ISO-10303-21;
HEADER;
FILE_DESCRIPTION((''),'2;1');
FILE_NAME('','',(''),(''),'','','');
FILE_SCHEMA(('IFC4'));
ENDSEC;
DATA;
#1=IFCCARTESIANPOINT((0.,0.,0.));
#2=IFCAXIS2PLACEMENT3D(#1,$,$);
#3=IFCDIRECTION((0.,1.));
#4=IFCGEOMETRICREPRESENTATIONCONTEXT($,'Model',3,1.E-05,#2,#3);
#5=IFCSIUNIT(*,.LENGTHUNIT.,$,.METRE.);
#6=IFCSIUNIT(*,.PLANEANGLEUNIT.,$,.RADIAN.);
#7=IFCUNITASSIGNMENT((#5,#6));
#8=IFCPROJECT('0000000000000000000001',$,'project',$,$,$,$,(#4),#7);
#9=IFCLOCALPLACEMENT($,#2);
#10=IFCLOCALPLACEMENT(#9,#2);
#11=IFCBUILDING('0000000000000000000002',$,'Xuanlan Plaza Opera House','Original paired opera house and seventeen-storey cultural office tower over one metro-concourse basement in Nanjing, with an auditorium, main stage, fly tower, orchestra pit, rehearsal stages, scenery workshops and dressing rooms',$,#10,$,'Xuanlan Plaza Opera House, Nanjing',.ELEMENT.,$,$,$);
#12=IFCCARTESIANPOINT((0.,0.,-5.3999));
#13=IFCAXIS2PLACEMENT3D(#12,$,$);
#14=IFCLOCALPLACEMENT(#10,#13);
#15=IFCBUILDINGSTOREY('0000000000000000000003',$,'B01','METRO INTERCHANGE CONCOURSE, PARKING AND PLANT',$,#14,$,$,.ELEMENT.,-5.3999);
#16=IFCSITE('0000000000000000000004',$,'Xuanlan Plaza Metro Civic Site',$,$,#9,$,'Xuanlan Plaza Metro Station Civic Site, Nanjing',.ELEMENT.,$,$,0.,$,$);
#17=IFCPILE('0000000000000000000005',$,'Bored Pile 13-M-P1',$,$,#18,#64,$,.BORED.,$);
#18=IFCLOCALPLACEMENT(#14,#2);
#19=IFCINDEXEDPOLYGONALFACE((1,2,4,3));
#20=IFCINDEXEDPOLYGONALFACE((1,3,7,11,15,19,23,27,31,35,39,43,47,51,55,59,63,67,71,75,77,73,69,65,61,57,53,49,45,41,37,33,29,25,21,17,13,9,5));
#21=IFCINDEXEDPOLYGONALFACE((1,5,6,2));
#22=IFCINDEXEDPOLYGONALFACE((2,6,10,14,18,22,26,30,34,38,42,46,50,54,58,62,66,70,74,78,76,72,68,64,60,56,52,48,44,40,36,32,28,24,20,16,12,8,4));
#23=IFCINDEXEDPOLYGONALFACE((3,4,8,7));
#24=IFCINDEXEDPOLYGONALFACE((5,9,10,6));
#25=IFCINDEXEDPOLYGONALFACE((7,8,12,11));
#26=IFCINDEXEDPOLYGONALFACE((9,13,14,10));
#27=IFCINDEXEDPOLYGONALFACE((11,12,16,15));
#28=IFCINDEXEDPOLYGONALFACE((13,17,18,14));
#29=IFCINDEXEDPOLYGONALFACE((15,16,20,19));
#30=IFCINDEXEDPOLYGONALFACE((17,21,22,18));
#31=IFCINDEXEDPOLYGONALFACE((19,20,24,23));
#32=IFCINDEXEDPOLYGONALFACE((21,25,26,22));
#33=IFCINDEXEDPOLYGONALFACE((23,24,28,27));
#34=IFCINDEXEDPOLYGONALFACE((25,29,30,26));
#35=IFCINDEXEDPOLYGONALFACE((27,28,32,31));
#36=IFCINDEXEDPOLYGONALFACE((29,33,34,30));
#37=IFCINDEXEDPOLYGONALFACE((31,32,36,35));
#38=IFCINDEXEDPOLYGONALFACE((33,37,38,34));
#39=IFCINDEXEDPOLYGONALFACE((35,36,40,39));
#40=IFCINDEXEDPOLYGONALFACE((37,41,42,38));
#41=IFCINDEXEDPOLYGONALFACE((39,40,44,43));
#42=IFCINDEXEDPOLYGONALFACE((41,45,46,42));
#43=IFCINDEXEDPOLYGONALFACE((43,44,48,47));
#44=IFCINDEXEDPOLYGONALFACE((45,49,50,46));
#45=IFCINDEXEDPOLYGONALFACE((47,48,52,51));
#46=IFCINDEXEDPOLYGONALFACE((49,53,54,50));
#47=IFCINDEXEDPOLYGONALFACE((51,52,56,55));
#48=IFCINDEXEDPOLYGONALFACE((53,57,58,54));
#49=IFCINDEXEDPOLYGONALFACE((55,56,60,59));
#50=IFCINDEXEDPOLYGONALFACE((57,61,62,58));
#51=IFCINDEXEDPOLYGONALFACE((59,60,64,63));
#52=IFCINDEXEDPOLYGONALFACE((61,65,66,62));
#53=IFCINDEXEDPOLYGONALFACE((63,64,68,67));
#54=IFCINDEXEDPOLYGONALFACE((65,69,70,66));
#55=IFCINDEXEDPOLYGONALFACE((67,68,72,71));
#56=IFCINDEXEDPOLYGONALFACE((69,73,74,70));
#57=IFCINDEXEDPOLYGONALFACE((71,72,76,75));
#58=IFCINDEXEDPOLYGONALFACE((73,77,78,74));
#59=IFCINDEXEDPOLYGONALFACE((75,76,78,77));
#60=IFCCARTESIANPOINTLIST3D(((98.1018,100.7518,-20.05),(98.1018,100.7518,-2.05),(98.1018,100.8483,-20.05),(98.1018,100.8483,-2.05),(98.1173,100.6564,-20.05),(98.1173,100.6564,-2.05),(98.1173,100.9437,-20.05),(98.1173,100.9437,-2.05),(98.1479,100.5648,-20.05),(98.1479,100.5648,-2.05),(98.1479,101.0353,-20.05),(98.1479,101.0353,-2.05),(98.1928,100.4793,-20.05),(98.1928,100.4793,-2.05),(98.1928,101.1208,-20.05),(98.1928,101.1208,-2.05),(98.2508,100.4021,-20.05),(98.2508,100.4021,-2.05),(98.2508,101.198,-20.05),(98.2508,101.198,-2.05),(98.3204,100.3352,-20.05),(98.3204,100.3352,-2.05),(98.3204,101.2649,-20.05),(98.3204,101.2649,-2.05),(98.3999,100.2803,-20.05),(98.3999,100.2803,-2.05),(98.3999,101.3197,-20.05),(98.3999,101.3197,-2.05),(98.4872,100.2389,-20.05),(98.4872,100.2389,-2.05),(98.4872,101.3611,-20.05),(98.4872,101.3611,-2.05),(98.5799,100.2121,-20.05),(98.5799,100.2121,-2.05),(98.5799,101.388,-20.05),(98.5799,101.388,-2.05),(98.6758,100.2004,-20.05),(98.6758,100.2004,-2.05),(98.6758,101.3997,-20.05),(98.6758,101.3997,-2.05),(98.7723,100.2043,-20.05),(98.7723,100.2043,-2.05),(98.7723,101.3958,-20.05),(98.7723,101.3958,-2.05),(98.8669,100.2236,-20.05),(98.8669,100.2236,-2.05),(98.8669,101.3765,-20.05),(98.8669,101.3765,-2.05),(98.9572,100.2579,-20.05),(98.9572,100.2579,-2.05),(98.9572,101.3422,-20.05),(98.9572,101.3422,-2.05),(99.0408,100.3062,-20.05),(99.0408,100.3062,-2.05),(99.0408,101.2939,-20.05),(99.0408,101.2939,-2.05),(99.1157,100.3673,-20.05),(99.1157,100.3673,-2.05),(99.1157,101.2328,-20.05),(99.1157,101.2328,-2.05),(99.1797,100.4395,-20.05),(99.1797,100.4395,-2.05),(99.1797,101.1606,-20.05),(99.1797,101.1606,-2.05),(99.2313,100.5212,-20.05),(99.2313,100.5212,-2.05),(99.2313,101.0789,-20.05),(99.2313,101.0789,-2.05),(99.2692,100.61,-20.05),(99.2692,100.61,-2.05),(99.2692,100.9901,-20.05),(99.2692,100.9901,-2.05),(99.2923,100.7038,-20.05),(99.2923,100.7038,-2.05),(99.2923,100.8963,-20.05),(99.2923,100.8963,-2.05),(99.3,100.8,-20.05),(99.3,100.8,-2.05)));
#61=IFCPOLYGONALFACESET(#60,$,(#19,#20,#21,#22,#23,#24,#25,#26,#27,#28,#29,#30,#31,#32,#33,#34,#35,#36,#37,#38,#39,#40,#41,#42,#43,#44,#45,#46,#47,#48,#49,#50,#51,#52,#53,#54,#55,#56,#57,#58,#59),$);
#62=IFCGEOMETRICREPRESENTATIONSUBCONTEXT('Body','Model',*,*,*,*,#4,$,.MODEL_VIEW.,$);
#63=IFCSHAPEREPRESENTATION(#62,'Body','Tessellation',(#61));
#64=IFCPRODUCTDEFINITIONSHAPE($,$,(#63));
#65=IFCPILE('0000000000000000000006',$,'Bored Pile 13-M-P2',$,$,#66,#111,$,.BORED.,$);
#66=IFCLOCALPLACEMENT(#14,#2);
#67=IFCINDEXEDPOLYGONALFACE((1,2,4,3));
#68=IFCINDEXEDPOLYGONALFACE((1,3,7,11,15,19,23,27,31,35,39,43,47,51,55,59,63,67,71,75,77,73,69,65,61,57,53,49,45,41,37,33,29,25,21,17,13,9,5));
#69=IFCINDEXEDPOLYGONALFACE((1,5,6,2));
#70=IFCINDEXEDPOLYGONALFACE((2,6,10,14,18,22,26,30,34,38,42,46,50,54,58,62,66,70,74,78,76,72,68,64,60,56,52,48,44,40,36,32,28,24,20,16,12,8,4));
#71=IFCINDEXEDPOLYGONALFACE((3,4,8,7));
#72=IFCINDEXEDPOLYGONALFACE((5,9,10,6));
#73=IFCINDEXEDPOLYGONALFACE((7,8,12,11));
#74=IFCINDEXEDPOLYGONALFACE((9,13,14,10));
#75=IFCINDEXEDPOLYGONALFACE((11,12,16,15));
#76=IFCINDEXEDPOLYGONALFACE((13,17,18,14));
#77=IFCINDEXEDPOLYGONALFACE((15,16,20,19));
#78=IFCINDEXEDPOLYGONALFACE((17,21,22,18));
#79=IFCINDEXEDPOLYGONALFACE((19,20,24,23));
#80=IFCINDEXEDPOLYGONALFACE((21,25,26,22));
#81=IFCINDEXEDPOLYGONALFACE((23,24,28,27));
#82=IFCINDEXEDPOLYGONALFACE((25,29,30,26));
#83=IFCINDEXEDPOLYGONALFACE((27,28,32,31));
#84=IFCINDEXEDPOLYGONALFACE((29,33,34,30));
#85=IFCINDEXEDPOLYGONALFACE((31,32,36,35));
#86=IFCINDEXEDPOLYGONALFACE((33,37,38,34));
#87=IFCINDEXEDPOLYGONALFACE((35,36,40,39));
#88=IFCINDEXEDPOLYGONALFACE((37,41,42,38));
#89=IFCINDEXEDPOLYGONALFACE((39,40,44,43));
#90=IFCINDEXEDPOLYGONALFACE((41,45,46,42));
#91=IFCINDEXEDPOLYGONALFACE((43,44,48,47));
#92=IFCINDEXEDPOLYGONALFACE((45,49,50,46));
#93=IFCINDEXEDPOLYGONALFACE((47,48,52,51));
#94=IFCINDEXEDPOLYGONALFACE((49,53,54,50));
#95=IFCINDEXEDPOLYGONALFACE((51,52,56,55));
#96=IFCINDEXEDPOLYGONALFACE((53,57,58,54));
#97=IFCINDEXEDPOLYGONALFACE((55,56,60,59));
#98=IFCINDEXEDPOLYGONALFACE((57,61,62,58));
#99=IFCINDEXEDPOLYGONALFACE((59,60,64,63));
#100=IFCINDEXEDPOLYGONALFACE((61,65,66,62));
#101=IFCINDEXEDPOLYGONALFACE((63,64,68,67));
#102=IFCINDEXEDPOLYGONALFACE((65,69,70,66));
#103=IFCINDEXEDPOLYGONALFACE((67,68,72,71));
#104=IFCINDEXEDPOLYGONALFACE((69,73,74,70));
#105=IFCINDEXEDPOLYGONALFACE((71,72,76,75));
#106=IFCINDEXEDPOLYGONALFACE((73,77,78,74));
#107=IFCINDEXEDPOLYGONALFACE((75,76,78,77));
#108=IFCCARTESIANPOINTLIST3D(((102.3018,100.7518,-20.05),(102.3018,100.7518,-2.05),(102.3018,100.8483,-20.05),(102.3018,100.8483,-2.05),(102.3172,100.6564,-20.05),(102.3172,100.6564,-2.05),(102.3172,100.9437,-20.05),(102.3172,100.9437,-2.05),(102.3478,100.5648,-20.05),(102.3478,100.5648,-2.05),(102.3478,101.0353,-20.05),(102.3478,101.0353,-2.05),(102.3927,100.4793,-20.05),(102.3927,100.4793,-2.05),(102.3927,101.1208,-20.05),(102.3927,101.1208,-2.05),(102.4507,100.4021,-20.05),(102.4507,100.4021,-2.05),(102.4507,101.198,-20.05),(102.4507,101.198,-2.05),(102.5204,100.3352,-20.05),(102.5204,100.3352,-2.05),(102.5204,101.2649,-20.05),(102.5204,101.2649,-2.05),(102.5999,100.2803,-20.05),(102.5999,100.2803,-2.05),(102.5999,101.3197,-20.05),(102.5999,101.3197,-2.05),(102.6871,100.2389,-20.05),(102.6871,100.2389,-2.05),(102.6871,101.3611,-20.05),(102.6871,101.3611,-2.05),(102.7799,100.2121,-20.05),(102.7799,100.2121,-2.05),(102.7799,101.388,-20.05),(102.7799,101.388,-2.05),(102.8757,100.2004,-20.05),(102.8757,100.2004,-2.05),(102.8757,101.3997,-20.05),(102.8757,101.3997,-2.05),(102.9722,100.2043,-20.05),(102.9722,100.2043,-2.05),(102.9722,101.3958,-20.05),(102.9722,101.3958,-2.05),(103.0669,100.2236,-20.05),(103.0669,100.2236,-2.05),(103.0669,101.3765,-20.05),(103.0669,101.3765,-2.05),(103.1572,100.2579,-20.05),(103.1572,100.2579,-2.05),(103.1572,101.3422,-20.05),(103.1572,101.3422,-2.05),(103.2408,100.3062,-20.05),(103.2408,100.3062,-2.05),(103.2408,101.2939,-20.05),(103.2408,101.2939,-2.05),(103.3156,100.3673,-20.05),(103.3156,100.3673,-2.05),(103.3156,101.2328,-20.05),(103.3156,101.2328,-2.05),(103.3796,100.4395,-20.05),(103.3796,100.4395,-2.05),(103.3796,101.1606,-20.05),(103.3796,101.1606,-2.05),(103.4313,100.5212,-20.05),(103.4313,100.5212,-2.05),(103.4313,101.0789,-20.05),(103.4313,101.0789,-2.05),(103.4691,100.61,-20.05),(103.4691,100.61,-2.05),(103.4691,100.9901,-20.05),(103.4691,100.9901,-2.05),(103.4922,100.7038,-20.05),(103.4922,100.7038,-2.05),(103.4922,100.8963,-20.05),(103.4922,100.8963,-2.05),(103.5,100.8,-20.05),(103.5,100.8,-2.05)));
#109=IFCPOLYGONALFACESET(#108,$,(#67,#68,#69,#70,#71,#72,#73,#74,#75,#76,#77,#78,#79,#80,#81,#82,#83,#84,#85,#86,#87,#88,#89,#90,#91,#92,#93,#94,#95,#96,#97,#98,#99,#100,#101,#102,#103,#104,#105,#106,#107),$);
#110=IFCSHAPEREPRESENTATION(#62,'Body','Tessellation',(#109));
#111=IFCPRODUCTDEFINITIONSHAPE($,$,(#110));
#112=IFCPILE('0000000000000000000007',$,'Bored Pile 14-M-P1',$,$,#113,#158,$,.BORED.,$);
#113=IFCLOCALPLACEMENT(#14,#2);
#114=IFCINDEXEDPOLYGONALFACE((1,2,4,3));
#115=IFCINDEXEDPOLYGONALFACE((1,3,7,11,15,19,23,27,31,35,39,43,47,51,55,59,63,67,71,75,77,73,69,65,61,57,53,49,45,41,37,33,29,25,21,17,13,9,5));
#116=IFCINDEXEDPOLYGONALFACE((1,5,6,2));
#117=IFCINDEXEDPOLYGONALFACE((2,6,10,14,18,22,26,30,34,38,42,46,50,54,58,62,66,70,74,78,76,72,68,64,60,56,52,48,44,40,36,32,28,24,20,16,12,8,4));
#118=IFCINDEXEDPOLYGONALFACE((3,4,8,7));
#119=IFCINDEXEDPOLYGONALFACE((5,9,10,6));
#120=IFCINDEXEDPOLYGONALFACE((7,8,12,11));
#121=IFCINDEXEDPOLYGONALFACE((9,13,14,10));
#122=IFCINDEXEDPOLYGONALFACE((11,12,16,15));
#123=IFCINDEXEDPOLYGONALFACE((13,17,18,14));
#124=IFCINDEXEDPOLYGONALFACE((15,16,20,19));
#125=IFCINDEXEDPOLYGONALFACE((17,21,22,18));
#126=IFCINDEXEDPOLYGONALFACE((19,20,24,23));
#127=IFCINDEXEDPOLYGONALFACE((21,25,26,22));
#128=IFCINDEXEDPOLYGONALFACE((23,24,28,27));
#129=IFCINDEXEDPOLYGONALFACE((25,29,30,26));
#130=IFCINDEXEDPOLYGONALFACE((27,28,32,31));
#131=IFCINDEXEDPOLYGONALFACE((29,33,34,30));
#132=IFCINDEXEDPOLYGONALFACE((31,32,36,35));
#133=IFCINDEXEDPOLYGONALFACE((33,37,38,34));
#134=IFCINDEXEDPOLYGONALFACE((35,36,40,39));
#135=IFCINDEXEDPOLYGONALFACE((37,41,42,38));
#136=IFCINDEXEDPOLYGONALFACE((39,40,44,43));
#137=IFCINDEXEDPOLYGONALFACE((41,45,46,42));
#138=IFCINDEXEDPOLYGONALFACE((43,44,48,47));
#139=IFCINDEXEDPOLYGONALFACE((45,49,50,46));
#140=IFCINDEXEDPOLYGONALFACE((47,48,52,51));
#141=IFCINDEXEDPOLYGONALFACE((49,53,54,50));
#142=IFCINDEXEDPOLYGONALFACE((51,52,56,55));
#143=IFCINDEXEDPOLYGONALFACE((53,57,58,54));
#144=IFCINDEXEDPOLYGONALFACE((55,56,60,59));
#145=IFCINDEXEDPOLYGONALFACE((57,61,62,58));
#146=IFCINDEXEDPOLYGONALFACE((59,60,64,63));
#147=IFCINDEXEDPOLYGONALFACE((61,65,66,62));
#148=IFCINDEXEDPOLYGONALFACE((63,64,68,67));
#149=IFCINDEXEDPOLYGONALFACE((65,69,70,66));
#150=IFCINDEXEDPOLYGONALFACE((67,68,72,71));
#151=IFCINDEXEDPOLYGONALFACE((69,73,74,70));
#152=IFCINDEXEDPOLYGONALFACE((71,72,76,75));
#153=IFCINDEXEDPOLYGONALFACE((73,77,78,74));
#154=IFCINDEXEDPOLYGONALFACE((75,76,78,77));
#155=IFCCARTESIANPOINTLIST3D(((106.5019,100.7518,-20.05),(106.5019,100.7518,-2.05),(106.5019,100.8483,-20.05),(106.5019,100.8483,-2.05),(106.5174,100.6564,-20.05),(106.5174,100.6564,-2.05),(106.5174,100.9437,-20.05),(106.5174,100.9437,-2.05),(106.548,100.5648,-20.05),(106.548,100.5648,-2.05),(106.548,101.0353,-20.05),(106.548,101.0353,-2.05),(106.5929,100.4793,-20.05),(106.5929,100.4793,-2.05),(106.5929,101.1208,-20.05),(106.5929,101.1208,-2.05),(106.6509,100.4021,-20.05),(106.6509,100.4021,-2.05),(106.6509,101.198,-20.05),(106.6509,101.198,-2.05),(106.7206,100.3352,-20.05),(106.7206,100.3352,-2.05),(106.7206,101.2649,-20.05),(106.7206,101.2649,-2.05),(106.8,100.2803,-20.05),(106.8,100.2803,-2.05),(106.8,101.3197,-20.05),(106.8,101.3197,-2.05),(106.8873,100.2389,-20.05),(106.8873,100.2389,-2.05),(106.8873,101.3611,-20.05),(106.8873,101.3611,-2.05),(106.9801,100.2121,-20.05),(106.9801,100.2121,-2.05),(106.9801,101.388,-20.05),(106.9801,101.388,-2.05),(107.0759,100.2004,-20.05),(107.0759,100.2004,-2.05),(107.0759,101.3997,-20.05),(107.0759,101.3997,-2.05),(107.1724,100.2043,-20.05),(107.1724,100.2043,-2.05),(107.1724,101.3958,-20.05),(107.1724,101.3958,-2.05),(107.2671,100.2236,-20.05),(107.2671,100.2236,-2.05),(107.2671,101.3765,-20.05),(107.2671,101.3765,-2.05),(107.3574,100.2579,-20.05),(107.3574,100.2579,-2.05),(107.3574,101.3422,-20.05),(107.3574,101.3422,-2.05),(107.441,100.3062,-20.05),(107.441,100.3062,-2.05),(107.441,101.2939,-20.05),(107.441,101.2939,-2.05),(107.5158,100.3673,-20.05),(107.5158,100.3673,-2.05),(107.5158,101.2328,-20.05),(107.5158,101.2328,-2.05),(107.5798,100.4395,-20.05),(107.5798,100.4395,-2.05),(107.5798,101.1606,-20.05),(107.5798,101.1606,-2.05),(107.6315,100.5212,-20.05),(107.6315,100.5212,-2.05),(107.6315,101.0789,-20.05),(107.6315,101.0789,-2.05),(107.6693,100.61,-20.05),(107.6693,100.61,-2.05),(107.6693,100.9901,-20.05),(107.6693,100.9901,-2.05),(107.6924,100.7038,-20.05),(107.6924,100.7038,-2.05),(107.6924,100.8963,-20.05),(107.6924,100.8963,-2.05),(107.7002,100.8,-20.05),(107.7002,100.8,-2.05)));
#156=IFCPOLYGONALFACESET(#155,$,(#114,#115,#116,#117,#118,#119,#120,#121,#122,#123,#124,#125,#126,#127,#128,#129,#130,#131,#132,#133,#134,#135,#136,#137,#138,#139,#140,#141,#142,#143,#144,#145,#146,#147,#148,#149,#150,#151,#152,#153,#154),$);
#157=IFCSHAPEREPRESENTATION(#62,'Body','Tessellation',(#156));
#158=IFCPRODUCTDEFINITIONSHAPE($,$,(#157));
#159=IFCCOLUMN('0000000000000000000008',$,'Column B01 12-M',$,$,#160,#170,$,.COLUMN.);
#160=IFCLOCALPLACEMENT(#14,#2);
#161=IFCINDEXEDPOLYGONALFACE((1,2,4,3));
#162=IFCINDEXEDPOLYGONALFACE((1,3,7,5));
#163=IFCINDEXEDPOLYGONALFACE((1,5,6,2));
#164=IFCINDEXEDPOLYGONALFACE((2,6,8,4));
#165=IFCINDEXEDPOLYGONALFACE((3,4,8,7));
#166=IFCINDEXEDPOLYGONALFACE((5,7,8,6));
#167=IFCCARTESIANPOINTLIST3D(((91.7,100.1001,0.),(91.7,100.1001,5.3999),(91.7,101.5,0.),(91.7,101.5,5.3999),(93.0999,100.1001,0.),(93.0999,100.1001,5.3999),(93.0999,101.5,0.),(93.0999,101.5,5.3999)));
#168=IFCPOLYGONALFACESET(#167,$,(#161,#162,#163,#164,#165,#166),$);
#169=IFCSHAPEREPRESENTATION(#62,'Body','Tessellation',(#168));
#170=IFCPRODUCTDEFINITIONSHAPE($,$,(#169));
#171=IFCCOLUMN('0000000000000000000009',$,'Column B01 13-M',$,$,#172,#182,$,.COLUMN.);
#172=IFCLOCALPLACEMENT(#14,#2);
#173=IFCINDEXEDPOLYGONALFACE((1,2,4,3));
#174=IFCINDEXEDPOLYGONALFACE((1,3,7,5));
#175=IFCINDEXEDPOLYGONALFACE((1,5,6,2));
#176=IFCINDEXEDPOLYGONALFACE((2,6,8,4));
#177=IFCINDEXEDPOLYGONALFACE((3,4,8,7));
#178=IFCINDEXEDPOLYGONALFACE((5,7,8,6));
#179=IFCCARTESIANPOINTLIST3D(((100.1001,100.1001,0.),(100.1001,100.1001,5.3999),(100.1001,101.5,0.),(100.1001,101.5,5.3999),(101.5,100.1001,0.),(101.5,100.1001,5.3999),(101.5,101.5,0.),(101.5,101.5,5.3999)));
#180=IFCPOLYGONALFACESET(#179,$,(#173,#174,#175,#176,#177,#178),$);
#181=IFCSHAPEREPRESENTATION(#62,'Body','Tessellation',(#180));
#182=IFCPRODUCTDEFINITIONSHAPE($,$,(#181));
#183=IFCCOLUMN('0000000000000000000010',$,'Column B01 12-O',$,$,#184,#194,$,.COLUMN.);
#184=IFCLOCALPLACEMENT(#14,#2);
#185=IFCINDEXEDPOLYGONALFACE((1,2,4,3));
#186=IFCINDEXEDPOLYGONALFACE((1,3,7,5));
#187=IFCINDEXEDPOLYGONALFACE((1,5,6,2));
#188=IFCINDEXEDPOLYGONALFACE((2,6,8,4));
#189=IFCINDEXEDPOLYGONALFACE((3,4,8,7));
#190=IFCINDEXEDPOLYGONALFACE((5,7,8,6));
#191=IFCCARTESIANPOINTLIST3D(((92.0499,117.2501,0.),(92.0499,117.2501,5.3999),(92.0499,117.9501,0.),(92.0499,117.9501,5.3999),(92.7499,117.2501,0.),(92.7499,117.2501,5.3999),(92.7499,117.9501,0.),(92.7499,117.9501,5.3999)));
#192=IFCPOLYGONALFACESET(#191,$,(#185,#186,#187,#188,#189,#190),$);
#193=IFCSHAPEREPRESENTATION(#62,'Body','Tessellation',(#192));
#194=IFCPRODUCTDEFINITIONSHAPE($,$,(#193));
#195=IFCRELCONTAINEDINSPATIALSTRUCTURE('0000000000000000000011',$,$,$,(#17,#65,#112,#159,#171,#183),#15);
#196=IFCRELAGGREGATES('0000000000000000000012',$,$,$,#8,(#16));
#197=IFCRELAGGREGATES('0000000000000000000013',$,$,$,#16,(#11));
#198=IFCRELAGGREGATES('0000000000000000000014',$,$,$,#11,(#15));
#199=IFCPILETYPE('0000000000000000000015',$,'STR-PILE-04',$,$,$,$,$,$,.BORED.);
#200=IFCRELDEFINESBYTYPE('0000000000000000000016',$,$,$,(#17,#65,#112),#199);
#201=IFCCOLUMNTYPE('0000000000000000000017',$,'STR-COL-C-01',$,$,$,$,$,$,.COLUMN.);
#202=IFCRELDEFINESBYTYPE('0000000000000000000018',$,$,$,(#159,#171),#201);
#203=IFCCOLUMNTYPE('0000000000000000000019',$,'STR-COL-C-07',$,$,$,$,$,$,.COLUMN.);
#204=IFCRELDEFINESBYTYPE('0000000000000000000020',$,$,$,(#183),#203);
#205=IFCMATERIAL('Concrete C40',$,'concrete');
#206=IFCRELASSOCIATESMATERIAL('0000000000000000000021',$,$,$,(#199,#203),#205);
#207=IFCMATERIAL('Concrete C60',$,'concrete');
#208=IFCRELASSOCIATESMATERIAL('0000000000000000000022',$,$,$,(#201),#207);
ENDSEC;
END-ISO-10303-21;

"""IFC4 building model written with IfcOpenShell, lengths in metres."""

from ifc_helpers import new_model, si_unit, direction, frame, origin, origin_2d, place, context, subcontext, project, spatial, rectangle, circle, extrude, material, material_profile, profile_set, type_object, element, save


model = new_model("IFC4")

# Units and contexts
model_context = context("Model", 3, precision=1e-05, world=origin(), true_north=direction((0.0, 1.0)))
body_context = subcontext(model_context, "Body", "Model", "MODEL_VIEW")
ifc_project = project(units=[si_unit("LENGTHUNIT", "METRE"), si_unit("PLANEANGLEUNIT", "RADIAN")], contexts=[model_context])

# Site, building, storey
site_placement = place(None, origin())
site = spatial("IfcSite", under=ifc_project, at=site_placement, Name="Xuanlan Plaza Metro Civic Site", LongName="Xuanlan Plaza Metro Station Civic Site, Nanjing", CompositionType="ELEMENT", RefElevation=0.0)
building_placement = place(site_placement, origin())
building = spatial("IfcBuilding", under=site, at=building_placement, Name="Xuanlan Plaza Opera House", Description="Original paired opera house and seventeen-storey cultural office tower over one metro-concourse basement in Nanjing, with an auditorium, main stage, fly tower, orchestra pit, rehearsal stages, scenery workshops and dressing rooms", LongName="Xuanlan Plaza Opera House, Nanjing", CompositionType="ELEMENT")
storey_placement = place(building_placement, frame((0.0, 0.0, -5.3999)))
storey = spatial("IfcBuildingStorey", under=building, at=storey_placement, Name="B01", Description="METRO INTERCHANGE CONCOURSE, PARKING AND PLANT", CompositionType="ELEMENT", Elevation=-5.3999)

# Shared definitions
ifc_material_1 = material(Name="Concrete C40", Category="concrete")

# Piles
ifc_material_profile_1 = material_profile(ifc_material_1, circle(Radius=0.6001, at=origin_2d()), Name="PILE D1200")
ifc_profile_set_1 = profile_set([ifc_material_profile_1], Name="Concrete C40")
pile_type = type_object("IfcPileType", Name="STR-PILE-04", PredefinedType="BORED", material=ifc_profile_set_1)
for number, where, z_axis, x_axis, name in (
    (1, (98.7, 100.8, -2.05), (0.0, 0.0, -1.0), (1.0, 0.0, 0.0), "Bored Pile 13-M-P1"),
    (2, (102.8999, 100.8, -2.05), (0.0, 0.0, -1.0), (1.0, 0.0, 0.0), "Bored Pile 13-M-P2"),
    (3, (107.1001, 100.8, -2.05), (0.0, 0.0, -1.0), (1.0, 0.0, 0.0), "Bored Pile 14-M-P1"),
):
    element("IfcPile", number, at=place(storey_placement, frame(where, z_axis=z_axis, x_axis=x_axis)), inside=storey, type_object=pile_type, Name=name, PredefinedType="BORED", context=body_context, shape_type="SweptSolid", body=[
        extrude(circle(Radius=0.6001, at=origin_2d()), origin(), (0.0, 0.0, 1.0), 18.0),
    ])

# Columns
ifc_material_2 = material(Name="Concrete C60", Category="concrete")
ifc_material_profile_2 = material_profile(ifc_material_2, rectangle(XDim=1.3999, YDim=1.3999, at=origin_2d()), Name="RC-COL 1400x1400")
ifc_profile_set_2 = profile_set([ifc_material_profile_2], Name="Concrete C60")
column_type_1 = type_object("IfcColumnType", Name="STR-COL-C-01", PredefinedType="COLUMN", material=ifc_profile_set_2)
for number, where, z_axis, x_axis, name in (
    (4, (92.3999, 100.8, 0.0), (0.0, 0.0, 1.0), (1.0, 0.0, 0.0), "Column B01 12-M"),
    (5, (100.8, 100.8, 0.0), (0.0, 0.0, 1.0), (1.0, 0.0, 0.0), "Column B01 13-M"),
):
    element("IfcColumn", number, at=place(storey_placement, frame(where, z_axis=z_axis, x_axis=x_axis)), inside=storey, type_object=column_type_1, Name=name, PredefinedType="COLUMN", context=body_context, shape_type="SweptSolid", body=[
        extrude(rectangle(XDim=1.3999, YDim=1.3999, at=origin_2d()), origin(), (0.0, 0.0, 1.0), 5.3999),
    ])
ifc_material_profile_3 = material_profile(ifc_material_1, rectangle(XDim=0.7, YDim=0.7, at=origin_2d()), Name="RC-COL 700x700")
ifc_profile_set_3 = profile_set([ifc_material_profile_3], Name="Concrete C40")
column_type_2 = type_object("IfcColumnType", Name="STR-COL-C-07", PredefinedType="COLUMN", material=ifc_profile_set_3)
column_1_placement = place(storey_placement, frame((92.3999, 117.6001, 0.0), z_axis=(0.0, 0.0, 1.0), x_axis=(1.0, 0.0, 0.0)))
element("IfcColumn", 6, at=column_1_placement, inside=storey, type_object=column_type_2, Name="Column B01 12-O", PredefinedType="COLUMN", context=body_context, shape_type="SweptSolid", body=[
    extrude(rectangle(XDim=0.7, YDim=0.7, at=origin_2d()), origin(), (0.0, 0.0, 1.0), 5.3999),
])

save(model, "model.ifc")
